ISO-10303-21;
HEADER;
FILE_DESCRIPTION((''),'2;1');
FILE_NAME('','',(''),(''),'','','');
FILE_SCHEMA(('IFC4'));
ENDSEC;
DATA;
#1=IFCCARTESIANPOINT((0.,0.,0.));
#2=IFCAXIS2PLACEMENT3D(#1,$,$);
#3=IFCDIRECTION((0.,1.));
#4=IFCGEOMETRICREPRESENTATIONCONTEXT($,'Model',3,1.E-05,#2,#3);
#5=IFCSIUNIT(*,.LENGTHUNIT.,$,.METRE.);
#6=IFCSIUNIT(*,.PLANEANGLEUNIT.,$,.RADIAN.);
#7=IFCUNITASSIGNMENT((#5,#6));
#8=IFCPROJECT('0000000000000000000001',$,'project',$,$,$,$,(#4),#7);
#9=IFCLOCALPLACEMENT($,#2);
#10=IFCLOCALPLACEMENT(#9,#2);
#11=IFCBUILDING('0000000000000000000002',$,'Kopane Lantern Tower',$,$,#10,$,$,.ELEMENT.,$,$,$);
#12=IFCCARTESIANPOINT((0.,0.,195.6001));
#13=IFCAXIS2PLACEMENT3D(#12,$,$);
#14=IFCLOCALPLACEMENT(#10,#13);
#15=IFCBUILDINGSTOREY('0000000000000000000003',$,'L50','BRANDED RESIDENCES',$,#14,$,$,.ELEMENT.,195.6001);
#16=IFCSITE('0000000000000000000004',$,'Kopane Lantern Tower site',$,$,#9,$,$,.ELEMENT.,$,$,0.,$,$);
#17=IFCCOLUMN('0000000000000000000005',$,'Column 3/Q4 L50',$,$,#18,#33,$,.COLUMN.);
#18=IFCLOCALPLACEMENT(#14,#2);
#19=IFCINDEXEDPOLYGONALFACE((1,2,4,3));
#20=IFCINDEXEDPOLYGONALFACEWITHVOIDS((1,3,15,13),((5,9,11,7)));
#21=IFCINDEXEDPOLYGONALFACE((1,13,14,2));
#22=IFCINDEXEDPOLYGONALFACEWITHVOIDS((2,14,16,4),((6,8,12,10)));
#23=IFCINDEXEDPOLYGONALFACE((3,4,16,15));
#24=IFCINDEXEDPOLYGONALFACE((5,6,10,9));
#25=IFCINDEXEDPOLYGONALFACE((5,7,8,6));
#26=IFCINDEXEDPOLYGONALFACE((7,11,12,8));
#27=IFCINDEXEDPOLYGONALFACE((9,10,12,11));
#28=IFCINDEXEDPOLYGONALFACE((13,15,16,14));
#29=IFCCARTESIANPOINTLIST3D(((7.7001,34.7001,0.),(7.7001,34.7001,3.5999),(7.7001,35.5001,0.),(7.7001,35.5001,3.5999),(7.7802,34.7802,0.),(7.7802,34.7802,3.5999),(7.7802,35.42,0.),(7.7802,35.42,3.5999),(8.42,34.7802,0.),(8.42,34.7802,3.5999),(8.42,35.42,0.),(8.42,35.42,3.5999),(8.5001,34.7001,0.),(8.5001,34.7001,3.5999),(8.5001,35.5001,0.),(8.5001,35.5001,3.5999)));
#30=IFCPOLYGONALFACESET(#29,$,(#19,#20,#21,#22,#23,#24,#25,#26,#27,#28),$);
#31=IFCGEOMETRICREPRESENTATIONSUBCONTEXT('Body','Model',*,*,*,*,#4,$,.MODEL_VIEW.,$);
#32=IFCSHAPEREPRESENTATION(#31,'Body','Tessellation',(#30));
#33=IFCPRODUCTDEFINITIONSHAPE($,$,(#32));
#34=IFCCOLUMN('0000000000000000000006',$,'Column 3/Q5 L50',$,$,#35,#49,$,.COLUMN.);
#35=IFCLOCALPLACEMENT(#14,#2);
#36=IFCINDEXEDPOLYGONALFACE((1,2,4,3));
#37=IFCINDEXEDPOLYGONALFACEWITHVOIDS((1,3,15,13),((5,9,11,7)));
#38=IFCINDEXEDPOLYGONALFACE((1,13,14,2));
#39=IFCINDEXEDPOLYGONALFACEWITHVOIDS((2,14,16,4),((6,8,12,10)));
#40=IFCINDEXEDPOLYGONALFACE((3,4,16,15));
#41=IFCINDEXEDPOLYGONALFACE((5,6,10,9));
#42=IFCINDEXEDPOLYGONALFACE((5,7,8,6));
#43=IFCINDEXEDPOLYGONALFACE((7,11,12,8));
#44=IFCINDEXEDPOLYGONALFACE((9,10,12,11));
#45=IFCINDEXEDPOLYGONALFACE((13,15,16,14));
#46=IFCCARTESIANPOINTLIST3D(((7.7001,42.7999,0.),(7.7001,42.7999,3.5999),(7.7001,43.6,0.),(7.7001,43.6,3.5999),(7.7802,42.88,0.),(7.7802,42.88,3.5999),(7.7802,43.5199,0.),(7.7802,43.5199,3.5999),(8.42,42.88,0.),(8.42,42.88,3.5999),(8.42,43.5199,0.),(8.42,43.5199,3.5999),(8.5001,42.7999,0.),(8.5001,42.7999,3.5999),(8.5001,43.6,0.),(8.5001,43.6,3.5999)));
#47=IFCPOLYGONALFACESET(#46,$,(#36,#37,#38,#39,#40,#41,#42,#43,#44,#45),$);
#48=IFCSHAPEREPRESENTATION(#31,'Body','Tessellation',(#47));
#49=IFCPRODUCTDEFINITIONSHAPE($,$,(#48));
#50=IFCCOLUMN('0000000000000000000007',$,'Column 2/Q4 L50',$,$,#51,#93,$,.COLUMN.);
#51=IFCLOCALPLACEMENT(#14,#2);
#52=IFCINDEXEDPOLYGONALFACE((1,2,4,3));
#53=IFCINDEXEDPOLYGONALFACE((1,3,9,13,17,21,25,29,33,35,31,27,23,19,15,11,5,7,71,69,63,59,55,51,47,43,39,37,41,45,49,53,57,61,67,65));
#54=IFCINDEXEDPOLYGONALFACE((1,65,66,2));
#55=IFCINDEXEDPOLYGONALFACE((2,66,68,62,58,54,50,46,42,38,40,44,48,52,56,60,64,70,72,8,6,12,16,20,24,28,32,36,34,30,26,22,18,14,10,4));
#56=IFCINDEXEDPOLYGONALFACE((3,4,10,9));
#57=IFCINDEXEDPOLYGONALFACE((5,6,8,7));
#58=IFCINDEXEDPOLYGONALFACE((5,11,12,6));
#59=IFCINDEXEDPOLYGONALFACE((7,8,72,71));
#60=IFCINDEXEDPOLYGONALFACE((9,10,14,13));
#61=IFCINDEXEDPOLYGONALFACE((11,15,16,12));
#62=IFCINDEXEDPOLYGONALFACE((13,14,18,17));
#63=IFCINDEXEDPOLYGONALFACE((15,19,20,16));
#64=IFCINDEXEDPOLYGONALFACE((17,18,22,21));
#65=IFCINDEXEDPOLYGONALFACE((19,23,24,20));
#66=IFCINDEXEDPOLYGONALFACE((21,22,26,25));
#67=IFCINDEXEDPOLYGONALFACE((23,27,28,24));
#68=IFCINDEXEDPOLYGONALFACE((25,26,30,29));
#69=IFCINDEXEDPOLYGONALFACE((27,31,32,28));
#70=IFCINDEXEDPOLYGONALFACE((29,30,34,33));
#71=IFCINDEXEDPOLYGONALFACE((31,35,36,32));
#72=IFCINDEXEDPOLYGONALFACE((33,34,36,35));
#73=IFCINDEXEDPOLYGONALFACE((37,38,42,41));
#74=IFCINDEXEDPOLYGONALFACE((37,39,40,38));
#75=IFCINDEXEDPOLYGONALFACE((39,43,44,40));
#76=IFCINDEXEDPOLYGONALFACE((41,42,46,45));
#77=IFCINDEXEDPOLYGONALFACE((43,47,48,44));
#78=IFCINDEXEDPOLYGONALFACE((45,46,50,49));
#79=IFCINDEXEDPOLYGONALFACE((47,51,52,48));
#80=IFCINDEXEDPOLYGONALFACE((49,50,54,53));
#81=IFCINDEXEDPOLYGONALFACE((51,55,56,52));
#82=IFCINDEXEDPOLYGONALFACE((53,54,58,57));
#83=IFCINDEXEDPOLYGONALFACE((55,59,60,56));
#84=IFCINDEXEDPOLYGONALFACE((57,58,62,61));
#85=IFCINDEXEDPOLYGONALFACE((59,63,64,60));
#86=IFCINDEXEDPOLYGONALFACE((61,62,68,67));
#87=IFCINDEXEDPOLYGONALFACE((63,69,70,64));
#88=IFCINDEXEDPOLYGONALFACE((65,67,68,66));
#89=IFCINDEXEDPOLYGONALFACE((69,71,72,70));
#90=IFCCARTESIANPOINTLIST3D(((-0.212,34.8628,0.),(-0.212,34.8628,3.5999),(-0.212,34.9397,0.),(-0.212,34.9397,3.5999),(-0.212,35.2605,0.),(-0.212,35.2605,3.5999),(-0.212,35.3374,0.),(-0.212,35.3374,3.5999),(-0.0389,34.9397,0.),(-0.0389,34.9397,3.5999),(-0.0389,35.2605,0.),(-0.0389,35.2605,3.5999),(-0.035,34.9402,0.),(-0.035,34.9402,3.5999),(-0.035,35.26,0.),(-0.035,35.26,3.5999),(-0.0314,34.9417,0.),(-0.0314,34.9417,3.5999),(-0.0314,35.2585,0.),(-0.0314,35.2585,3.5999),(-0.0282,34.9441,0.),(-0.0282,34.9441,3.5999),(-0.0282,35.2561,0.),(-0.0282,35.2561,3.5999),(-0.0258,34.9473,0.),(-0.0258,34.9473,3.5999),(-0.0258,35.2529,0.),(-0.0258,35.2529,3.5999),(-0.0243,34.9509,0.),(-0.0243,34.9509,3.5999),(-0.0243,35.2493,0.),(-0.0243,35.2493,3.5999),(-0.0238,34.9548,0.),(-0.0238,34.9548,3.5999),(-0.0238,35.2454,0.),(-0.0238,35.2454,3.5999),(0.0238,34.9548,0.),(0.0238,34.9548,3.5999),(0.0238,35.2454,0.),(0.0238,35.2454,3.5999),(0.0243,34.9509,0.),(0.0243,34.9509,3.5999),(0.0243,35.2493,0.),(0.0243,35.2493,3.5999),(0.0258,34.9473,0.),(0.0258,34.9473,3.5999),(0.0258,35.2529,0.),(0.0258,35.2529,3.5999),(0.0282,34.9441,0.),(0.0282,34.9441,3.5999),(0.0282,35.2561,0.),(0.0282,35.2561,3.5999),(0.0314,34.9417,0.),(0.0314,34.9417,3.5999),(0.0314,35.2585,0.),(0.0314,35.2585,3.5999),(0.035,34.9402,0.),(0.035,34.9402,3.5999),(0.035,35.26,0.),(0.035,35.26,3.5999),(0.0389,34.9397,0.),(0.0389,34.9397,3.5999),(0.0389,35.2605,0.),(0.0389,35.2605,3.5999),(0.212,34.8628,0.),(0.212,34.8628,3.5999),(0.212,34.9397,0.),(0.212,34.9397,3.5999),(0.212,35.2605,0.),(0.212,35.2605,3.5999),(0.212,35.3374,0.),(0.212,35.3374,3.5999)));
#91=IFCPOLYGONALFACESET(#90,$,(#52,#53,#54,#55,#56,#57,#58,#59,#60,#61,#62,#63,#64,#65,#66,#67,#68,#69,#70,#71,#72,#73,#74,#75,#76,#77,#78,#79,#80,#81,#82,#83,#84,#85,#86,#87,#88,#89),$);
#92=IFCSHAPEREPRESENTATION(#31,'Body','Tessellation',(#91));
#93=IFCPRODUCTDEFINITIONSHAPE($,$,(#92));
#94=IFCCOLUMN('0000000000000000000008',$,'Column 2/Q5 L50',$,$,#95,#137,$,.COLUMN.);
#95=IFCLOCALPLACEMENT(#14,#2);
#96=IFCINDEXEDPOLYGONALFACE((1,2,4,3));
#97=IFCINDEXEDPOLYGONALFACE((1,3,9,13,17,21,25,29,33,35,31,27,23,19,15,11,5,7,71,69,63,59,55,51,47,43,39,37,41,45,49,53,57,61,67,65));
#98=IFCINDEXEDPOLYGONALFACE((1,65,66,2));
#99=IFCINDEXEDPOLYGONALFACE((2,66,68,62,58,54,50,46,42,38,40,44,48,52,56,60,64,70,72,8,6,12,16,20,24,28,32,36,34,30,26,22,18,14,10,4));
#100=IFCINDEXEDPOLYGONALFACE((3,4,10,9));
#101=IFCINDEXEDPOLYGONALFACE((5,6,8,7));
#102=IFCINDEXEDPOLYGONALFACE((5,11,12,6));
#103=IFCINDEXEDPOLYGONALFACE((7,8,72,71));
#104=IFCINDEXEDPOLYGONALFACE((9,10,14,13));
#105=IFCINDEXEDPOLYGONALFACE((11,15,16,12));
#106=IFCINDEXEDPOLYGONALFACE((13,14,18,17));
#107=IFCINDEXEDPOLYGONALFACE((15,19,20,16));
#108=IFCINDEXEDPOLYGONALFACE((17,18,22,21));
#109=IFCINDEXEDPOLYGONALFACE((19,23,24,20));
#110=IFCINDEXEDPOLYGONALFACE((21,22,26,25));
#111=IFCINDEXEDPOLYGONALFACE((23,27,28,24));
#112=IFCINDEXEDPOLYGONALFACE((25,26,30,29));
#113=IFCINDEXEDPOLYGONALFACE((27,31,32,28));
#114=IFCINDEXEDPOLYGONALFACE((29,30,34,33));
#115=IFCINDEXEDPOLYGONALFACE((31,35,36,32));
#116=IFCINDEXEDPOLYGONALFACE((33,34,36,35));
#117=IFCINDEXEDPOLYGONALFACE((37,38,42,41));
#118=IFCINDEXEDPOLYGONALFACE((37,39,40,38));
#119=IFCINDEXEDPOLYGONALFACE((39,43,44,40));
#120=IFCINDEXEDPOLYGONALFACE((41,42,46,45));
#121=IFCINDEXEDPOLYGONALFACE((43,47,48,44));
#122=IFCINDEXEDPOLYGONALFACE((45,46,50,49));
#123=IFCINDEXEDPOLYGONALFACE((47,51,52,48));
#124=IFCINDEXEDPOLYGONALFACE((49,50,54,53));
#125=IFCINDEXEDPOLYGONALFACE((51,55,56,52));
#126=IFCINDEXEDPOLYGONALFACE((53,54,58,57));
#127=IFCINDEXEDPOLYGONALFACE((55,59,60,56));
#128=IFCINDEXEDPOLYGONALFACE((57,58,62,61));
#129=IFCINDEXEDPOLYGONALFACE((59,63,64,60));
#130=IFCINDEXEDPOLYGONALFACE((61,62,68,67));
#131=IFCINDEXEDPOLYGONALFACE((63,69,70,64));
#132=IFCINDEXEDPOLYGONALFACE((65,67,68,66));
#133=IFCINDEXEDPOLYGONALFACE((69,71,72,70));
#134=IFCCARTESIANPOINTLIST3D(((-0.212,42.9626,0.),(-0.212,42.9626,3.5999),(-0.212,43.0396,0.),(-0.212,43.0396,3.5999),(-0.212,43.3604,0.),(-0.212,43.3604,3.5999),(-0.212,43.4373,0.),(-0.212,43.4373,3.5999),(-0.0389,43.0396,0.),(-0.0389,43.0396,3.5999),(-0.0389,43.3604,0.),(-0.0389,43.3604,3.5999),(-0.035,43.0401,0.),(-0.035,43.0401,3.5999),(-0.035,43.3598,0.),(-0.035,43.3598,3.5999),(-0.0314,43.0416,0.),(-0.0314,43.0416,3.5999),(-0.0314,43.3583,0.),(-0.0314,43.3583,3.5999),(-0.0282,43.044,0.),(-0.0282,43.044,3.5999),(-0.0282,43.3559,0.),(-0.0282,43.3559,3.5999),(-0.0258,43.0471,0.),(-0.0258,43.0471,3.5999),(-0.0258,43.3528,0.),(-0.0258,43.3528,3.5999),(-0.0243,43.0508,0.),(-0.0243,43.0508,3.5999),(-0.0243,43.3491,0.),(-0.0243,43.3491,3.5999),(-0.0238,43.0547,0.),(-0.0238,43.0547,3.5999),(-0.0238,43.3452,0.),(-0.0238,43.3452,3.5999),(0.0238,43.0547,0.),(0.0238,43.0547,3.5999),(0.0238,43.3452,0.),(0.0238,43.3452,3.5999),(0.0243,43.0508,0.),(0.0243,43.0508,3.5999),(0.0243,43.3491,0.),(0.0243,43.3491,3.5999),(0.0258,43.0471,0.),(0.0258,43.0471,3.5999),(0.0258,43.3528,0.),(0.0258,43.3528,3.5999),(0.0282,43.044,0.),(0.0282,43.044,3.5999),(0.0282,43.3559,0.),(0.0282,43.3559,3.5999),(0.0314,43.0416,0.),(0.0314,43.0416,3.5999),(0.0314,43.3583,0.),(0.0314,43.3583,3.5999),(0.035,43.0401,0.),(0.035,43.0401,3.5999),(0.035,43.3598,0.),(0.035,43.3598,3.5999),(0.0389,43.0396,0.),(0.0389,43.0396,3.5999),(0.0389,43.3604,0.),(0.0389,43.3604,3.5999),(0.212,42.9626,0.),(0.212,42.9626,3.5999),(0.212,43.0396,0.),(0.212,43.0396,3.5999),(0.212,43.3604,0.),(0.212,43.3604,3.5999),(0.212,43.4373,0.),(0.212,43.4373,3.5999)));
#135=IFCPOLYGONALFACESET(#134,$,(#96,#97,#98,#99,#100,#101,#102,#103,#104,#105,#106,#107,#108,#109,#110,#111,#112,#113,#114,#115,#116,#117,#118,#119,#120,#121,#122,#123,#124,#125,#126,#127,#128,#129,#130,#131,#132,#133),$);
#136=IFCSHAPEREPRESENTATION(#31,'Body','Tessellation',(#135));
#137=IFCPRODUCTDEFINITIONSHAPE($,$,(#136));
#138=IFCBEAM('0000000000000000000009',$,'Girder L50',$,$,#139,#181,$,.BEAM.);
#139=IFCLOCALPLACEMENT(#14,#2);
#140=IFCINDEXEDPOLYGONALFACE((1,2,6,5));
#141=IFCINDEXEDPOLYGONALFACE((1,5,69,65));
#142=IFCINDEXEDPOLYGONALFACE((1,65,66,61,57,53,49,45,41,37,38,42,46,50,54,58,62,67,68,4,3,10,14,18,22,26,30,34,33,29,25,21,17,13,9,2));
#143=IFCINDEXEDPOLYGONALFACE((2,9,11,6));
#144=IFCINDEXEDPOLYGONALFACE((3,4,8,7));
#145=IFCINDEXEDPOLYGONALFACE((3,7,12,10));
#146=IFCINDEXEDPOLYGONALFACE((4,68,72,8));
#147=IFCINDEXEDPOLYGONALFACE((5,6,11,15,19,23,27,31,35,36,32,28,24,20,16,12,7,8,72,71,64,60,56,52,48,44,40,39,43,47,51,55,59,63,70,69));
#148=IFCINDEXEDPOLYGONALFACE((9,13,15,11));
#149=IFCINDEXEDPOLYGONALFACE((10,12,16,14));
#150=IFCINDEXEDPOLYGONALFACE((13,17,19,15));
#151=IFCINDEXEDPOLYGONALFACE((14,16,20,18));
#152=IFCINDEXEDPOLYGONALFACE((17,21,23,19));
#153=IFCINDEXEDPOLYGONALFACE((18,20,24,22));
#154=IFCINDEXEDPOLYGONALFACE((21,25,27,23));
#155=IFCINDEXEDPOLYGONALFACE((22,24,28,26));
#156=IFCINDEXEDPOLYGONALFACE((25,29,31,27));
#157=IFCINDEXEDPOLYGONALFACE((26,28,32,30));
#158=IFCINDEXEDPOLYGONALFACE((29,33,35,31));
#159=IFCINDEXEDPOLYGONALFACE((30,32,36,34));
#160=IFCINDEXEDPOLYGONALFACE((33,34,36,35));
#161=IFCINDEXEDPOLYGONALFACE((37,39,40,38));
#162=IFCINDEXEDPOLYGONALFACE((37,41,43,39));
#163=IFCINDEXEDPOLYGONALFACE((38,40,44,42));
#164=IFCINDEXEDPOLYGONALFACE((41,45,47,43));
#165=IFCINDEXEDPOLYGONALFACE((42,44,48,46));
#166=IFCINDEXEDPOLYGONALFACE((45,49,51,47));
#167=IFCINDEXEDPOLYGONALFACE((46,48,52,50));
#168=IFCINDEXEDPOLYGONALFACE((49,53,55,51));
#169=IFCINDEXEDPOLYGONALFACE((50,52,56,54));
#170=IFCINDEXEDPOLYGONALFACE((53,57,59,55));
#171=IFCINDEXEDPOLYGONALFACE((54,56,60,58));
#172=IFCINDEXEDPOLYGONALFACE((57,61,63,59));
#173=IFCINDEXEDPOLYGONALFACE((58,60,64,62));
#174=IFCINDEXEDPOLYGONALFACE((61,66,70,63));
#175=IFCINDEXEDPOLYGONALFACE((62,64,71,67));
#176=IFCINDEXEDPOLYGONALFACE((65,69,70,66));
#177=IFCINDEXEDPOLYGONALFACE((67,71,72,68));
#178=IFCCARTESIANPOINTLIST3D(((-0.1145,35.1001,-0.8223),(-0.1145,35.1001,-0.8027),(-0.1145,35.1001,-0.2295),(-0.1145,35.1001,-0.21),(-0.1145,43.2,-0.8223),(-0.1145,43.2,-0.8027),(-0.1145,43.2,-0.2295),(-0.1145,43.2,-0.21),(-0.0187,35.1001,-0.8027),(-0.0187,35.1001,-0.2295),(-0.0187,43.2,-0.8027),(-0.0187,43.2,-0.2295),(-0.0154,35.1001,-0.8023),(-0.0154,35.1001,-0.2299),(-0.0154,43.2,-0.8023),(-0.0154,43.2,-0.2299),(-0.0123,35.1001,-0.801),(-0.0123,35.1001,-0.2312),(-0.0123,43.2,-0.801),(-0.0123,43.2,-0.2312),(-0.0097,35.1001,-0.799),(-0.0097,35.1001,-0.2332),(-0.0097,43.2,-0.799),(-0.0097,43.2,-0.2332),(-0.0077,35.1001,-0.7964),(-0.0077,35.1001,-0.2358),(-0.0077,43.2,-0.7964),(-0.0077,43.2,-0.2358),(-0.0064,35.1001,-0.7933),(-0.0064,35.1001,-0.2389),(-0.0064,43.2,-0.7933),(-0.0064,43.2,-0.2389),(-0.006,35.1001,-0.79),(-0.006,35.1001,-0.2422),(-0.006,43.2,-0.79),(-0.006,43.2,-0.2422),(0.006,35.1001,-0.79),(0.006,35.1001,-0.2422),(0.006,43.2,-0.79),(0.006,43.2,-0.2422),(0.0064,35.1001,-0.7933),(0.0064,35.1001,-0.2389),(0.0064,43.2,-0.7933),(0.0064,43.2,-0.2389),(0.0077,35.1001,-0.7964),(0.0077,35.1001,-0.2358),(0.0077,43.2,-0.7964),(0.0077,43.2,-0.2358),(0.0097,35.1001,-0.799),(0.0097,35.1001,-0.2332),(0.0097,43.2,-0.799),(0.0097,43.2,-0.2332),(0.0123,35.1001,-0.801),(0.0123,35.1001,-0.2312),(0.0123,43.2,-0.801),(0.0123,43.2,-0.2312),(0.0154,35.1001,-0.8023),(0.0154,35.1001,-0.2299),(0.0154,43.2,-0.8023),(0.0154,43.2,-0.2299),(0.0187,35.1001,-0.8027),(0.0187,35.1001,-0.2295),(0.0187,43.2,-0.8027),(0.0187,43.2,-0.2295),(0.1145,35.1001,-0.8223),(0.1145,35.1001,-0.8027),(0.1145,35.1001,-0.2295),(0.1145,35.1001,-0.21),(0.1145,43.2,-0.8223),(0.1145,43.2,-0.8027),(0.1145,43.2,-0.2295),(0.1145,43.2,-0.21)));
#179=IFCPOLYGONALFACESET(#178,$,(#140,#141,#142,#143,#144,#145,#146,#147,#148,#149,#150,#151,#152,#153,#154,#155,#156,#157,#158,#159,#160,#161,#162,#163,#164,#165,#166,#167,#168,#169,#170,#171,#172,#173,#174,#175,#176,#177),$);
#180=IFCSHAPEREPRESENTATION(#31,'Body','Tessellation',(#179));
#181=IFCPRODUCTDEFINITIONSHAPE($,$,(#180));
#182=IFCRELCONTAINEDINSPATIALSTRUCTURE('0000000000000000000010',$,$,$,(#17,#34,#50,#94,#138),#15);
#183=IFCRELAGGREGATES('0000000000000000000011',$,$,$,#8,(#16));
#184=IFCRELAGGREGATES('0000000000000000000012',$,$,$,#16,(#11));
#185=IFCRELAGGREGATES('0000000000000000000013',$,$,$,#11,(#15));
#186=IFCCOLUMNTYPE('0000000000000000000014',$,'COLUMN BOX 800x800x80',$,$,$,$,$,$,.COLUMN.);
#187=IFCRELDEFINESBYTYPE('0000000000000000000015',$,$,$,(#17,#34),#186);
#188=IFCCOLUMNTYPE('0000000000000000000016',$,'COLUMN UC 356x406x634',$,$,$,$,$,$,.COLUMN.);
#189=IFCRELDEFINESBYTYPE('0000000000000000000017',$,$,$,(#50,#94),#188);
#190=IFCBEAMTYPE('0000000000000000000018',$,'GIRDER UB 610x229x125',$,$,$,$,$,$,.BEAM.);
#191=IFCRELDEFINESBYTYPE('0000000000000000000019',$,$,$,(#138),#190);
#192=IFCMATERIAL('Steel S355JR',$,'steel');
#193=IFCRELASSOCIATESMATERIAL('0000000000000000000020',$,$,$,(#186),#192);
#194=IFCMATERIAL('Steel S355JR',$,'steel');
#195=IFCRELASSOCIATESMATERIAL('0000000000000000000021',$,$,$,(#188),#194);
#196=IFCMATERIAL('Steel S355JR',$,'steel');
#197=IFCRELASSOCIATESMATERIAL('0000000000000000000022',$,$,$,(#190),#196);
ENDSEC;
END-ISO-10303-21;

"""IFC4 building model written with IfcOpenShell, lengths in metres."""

from ifc_helpers import new_model, si_unit, direction, frame, origin, origin_2d, place, context, subcontext, project, spatial, hollow_rectangle, i_section, extrude, material, material_profile, profile_set, type_object, element, save


model = new_model("IFC4")

# Units and contexts
model_context = context("Model", 3, precision=1e-05, world=origin(), true_north=direction((0.0, 1.0)))
body_context = subcontext(model_context, "Body", "Model", "MODEL_VIEW")
ifc_project = project(units=[si_unit("LENGTHUNIT", "METRE"), si_unit("PLANEANGLEUNIT", "RADIAN")], contexts=[model_context])

# Site, building, storey
site_placement = place(None, origin())
site = spatial("IfcSite", under=ifc_project, at=site_placement, Name="Kopane Lantern Tower site", CompositionType="ELEMENT", RefElevation=0.0)
building_placement = place(site_placement, origin())
building = spatial("IfcBuilding", under=site, at=building_placement, Name="Kopane Lantern Tower", CompositionType="ELEMENT")
storey_placement = place(building_placement, frame((0.0, 0.0, 195.6001)))
storey = spatial("IfcBuildingStorey", under=building, at=storey_placement, Name="L50", Description="BRANDED RESIDENCES", CompositionType="ELEMENT", Elevation=195.6001)

# Columns
ifc_material_1 = material(Name="Steel S355JR", Category="steel")
ifc_material_profile_1 = material_profile(ifc_material_1, hollow_rectangle(XDim=0.8, YDim=0.8, WallThickness=0.0801, at=origin_2d()), Name="BOX 800x800x80")
ifc_profile_set_1 = profile_set([ifc_material_profile_1], Name="Steel S355JR")
column_type_1 = type_object("IfcColumnType", Name="COLUMN BOX 800x800x80", PredefinedType="COLUMN", material=ifc_profile_set_1)
for number, where, z_axis, x_axis, name in (
    (1, (8.1001, 35.1001, 0.0), (0.0, 0.0, 1.0), (1.0, 0.0, 0.0), "Column 3/Q4 L50"),
    (2, (8.1001, 43.2, 0.0), (0.0, 0.0, 1.0), (1.0, 0.0, 0.0), "Column 3/Q5 L50"),
):
    element("IfcColumn", number, at=place(storey_placement, frame(where, z_axis=z_axis, x_axis=x_axis)), inside=storey, type_object=column_type_1, Name=name, PredefinedType="COLUMN", context=body_context, shape_type="SweptSolid", body=[
        extrude(hollow_rectangle(XDim=0.8, YDim=0.8, WallThickness=0.0801, at=origin_2d()), origin(), (0.0, 0.0, 1.0), 3.5999),
    ])
ifc_material_2 = material(Name="Steel S355JR", Category="steel")
ifc_material_profile_2 = material_profile(ifc_material_2, i_section(OverallWidth=0.4241, OverallDepth=0.4746, WebThickness=0.0476, FlangeThickness=0.0769, FilletRadius=0.0151, at=origin_2d()), Name="UC 356x406x634")
ifc_profile_set_2 = profile_set([ifc_material_profile_2], Name="Steel S355JR")
column_type_2 = type_object("IfcColumnType", Name="COLUMN UC 356x406x634", PredefinedType="COLUMN", material=ifc_profile_set_2)
for number, where, z_axis, x_axis, name in (
    (3, (0.0, 35.1001, 0.0), (0.0, 0.0, 1.0), (1.0, 0.0, 0.0), "Column 2/Q4 L50"),
    (4, (0.0, 43.2, 0.0), (0.0, 0.0, 1.0), (1.0, 0.0, 0.0), "Column 2/Q5 L50"),
):
    element("IfcColumn", number, at=place(storey_placement, frame(where, z_axis=z_axis, x_axis=x_axis)), inside=storey, type_object=column_type_2, Name=name, PredefinedType="COLUMN", context=body_context, shape_type="SweptSolid", body=[
        extrude(i_section(OverallWidth=0.4241, OverallDepth=0.4746, WebThickness=0.0476, FlangeThickness=0.0769, FilletRadius=0.0151, at=origin_2d()), origin(), (0.0, 0.0, 1.0), 3.5999),
    ])

# Beam
ifc_material_3 = material(Name="Steel S355JR", Category="steel")
ifc_material_profile_3 = material_profile(ifc_material_3, i_section(OverallWidth=0.229, OverallDepth=0.6123, WebThickness=0.012, FlangeThickness=0.0195, FilletRadius=0.0127, at=origin_2d()), Name="UB 610x229x125")
ifc_profile_set_3 = profile_set([ifc_material_profile_3], Name="Steel S355JR")
beam_type = type_object("IfcBeamType", Name="GIRDER UB 610x229x125", PredefinedType="BEAM", material=ifc_profile_set_3)
beam_1_placement = place(storey_placement, frame((0.0, 35.1001, -0.5161), z_axis=(0.0, 1.0, 0.0), x_axis=(-1.0, 0.0, 0.0)))
element("IfcBeam", 5, at=beam_1_placement, inside=storey, type_object=beam_type, Name="Girder L50", PredefinedType="BEAM", context=body_context, shape_type="SweptSolid", body=[
    extrude(i_section(OverallWidth=0.229, OverallDepth=0.6123, WebThickness=0.012, FlangeThickness=0.0195, FilletRadius=0.0127, at=origin_2d()), origin(), (0.0, 0.0, 1.0), 8.0999),
])

save(model, "model.ifc")
